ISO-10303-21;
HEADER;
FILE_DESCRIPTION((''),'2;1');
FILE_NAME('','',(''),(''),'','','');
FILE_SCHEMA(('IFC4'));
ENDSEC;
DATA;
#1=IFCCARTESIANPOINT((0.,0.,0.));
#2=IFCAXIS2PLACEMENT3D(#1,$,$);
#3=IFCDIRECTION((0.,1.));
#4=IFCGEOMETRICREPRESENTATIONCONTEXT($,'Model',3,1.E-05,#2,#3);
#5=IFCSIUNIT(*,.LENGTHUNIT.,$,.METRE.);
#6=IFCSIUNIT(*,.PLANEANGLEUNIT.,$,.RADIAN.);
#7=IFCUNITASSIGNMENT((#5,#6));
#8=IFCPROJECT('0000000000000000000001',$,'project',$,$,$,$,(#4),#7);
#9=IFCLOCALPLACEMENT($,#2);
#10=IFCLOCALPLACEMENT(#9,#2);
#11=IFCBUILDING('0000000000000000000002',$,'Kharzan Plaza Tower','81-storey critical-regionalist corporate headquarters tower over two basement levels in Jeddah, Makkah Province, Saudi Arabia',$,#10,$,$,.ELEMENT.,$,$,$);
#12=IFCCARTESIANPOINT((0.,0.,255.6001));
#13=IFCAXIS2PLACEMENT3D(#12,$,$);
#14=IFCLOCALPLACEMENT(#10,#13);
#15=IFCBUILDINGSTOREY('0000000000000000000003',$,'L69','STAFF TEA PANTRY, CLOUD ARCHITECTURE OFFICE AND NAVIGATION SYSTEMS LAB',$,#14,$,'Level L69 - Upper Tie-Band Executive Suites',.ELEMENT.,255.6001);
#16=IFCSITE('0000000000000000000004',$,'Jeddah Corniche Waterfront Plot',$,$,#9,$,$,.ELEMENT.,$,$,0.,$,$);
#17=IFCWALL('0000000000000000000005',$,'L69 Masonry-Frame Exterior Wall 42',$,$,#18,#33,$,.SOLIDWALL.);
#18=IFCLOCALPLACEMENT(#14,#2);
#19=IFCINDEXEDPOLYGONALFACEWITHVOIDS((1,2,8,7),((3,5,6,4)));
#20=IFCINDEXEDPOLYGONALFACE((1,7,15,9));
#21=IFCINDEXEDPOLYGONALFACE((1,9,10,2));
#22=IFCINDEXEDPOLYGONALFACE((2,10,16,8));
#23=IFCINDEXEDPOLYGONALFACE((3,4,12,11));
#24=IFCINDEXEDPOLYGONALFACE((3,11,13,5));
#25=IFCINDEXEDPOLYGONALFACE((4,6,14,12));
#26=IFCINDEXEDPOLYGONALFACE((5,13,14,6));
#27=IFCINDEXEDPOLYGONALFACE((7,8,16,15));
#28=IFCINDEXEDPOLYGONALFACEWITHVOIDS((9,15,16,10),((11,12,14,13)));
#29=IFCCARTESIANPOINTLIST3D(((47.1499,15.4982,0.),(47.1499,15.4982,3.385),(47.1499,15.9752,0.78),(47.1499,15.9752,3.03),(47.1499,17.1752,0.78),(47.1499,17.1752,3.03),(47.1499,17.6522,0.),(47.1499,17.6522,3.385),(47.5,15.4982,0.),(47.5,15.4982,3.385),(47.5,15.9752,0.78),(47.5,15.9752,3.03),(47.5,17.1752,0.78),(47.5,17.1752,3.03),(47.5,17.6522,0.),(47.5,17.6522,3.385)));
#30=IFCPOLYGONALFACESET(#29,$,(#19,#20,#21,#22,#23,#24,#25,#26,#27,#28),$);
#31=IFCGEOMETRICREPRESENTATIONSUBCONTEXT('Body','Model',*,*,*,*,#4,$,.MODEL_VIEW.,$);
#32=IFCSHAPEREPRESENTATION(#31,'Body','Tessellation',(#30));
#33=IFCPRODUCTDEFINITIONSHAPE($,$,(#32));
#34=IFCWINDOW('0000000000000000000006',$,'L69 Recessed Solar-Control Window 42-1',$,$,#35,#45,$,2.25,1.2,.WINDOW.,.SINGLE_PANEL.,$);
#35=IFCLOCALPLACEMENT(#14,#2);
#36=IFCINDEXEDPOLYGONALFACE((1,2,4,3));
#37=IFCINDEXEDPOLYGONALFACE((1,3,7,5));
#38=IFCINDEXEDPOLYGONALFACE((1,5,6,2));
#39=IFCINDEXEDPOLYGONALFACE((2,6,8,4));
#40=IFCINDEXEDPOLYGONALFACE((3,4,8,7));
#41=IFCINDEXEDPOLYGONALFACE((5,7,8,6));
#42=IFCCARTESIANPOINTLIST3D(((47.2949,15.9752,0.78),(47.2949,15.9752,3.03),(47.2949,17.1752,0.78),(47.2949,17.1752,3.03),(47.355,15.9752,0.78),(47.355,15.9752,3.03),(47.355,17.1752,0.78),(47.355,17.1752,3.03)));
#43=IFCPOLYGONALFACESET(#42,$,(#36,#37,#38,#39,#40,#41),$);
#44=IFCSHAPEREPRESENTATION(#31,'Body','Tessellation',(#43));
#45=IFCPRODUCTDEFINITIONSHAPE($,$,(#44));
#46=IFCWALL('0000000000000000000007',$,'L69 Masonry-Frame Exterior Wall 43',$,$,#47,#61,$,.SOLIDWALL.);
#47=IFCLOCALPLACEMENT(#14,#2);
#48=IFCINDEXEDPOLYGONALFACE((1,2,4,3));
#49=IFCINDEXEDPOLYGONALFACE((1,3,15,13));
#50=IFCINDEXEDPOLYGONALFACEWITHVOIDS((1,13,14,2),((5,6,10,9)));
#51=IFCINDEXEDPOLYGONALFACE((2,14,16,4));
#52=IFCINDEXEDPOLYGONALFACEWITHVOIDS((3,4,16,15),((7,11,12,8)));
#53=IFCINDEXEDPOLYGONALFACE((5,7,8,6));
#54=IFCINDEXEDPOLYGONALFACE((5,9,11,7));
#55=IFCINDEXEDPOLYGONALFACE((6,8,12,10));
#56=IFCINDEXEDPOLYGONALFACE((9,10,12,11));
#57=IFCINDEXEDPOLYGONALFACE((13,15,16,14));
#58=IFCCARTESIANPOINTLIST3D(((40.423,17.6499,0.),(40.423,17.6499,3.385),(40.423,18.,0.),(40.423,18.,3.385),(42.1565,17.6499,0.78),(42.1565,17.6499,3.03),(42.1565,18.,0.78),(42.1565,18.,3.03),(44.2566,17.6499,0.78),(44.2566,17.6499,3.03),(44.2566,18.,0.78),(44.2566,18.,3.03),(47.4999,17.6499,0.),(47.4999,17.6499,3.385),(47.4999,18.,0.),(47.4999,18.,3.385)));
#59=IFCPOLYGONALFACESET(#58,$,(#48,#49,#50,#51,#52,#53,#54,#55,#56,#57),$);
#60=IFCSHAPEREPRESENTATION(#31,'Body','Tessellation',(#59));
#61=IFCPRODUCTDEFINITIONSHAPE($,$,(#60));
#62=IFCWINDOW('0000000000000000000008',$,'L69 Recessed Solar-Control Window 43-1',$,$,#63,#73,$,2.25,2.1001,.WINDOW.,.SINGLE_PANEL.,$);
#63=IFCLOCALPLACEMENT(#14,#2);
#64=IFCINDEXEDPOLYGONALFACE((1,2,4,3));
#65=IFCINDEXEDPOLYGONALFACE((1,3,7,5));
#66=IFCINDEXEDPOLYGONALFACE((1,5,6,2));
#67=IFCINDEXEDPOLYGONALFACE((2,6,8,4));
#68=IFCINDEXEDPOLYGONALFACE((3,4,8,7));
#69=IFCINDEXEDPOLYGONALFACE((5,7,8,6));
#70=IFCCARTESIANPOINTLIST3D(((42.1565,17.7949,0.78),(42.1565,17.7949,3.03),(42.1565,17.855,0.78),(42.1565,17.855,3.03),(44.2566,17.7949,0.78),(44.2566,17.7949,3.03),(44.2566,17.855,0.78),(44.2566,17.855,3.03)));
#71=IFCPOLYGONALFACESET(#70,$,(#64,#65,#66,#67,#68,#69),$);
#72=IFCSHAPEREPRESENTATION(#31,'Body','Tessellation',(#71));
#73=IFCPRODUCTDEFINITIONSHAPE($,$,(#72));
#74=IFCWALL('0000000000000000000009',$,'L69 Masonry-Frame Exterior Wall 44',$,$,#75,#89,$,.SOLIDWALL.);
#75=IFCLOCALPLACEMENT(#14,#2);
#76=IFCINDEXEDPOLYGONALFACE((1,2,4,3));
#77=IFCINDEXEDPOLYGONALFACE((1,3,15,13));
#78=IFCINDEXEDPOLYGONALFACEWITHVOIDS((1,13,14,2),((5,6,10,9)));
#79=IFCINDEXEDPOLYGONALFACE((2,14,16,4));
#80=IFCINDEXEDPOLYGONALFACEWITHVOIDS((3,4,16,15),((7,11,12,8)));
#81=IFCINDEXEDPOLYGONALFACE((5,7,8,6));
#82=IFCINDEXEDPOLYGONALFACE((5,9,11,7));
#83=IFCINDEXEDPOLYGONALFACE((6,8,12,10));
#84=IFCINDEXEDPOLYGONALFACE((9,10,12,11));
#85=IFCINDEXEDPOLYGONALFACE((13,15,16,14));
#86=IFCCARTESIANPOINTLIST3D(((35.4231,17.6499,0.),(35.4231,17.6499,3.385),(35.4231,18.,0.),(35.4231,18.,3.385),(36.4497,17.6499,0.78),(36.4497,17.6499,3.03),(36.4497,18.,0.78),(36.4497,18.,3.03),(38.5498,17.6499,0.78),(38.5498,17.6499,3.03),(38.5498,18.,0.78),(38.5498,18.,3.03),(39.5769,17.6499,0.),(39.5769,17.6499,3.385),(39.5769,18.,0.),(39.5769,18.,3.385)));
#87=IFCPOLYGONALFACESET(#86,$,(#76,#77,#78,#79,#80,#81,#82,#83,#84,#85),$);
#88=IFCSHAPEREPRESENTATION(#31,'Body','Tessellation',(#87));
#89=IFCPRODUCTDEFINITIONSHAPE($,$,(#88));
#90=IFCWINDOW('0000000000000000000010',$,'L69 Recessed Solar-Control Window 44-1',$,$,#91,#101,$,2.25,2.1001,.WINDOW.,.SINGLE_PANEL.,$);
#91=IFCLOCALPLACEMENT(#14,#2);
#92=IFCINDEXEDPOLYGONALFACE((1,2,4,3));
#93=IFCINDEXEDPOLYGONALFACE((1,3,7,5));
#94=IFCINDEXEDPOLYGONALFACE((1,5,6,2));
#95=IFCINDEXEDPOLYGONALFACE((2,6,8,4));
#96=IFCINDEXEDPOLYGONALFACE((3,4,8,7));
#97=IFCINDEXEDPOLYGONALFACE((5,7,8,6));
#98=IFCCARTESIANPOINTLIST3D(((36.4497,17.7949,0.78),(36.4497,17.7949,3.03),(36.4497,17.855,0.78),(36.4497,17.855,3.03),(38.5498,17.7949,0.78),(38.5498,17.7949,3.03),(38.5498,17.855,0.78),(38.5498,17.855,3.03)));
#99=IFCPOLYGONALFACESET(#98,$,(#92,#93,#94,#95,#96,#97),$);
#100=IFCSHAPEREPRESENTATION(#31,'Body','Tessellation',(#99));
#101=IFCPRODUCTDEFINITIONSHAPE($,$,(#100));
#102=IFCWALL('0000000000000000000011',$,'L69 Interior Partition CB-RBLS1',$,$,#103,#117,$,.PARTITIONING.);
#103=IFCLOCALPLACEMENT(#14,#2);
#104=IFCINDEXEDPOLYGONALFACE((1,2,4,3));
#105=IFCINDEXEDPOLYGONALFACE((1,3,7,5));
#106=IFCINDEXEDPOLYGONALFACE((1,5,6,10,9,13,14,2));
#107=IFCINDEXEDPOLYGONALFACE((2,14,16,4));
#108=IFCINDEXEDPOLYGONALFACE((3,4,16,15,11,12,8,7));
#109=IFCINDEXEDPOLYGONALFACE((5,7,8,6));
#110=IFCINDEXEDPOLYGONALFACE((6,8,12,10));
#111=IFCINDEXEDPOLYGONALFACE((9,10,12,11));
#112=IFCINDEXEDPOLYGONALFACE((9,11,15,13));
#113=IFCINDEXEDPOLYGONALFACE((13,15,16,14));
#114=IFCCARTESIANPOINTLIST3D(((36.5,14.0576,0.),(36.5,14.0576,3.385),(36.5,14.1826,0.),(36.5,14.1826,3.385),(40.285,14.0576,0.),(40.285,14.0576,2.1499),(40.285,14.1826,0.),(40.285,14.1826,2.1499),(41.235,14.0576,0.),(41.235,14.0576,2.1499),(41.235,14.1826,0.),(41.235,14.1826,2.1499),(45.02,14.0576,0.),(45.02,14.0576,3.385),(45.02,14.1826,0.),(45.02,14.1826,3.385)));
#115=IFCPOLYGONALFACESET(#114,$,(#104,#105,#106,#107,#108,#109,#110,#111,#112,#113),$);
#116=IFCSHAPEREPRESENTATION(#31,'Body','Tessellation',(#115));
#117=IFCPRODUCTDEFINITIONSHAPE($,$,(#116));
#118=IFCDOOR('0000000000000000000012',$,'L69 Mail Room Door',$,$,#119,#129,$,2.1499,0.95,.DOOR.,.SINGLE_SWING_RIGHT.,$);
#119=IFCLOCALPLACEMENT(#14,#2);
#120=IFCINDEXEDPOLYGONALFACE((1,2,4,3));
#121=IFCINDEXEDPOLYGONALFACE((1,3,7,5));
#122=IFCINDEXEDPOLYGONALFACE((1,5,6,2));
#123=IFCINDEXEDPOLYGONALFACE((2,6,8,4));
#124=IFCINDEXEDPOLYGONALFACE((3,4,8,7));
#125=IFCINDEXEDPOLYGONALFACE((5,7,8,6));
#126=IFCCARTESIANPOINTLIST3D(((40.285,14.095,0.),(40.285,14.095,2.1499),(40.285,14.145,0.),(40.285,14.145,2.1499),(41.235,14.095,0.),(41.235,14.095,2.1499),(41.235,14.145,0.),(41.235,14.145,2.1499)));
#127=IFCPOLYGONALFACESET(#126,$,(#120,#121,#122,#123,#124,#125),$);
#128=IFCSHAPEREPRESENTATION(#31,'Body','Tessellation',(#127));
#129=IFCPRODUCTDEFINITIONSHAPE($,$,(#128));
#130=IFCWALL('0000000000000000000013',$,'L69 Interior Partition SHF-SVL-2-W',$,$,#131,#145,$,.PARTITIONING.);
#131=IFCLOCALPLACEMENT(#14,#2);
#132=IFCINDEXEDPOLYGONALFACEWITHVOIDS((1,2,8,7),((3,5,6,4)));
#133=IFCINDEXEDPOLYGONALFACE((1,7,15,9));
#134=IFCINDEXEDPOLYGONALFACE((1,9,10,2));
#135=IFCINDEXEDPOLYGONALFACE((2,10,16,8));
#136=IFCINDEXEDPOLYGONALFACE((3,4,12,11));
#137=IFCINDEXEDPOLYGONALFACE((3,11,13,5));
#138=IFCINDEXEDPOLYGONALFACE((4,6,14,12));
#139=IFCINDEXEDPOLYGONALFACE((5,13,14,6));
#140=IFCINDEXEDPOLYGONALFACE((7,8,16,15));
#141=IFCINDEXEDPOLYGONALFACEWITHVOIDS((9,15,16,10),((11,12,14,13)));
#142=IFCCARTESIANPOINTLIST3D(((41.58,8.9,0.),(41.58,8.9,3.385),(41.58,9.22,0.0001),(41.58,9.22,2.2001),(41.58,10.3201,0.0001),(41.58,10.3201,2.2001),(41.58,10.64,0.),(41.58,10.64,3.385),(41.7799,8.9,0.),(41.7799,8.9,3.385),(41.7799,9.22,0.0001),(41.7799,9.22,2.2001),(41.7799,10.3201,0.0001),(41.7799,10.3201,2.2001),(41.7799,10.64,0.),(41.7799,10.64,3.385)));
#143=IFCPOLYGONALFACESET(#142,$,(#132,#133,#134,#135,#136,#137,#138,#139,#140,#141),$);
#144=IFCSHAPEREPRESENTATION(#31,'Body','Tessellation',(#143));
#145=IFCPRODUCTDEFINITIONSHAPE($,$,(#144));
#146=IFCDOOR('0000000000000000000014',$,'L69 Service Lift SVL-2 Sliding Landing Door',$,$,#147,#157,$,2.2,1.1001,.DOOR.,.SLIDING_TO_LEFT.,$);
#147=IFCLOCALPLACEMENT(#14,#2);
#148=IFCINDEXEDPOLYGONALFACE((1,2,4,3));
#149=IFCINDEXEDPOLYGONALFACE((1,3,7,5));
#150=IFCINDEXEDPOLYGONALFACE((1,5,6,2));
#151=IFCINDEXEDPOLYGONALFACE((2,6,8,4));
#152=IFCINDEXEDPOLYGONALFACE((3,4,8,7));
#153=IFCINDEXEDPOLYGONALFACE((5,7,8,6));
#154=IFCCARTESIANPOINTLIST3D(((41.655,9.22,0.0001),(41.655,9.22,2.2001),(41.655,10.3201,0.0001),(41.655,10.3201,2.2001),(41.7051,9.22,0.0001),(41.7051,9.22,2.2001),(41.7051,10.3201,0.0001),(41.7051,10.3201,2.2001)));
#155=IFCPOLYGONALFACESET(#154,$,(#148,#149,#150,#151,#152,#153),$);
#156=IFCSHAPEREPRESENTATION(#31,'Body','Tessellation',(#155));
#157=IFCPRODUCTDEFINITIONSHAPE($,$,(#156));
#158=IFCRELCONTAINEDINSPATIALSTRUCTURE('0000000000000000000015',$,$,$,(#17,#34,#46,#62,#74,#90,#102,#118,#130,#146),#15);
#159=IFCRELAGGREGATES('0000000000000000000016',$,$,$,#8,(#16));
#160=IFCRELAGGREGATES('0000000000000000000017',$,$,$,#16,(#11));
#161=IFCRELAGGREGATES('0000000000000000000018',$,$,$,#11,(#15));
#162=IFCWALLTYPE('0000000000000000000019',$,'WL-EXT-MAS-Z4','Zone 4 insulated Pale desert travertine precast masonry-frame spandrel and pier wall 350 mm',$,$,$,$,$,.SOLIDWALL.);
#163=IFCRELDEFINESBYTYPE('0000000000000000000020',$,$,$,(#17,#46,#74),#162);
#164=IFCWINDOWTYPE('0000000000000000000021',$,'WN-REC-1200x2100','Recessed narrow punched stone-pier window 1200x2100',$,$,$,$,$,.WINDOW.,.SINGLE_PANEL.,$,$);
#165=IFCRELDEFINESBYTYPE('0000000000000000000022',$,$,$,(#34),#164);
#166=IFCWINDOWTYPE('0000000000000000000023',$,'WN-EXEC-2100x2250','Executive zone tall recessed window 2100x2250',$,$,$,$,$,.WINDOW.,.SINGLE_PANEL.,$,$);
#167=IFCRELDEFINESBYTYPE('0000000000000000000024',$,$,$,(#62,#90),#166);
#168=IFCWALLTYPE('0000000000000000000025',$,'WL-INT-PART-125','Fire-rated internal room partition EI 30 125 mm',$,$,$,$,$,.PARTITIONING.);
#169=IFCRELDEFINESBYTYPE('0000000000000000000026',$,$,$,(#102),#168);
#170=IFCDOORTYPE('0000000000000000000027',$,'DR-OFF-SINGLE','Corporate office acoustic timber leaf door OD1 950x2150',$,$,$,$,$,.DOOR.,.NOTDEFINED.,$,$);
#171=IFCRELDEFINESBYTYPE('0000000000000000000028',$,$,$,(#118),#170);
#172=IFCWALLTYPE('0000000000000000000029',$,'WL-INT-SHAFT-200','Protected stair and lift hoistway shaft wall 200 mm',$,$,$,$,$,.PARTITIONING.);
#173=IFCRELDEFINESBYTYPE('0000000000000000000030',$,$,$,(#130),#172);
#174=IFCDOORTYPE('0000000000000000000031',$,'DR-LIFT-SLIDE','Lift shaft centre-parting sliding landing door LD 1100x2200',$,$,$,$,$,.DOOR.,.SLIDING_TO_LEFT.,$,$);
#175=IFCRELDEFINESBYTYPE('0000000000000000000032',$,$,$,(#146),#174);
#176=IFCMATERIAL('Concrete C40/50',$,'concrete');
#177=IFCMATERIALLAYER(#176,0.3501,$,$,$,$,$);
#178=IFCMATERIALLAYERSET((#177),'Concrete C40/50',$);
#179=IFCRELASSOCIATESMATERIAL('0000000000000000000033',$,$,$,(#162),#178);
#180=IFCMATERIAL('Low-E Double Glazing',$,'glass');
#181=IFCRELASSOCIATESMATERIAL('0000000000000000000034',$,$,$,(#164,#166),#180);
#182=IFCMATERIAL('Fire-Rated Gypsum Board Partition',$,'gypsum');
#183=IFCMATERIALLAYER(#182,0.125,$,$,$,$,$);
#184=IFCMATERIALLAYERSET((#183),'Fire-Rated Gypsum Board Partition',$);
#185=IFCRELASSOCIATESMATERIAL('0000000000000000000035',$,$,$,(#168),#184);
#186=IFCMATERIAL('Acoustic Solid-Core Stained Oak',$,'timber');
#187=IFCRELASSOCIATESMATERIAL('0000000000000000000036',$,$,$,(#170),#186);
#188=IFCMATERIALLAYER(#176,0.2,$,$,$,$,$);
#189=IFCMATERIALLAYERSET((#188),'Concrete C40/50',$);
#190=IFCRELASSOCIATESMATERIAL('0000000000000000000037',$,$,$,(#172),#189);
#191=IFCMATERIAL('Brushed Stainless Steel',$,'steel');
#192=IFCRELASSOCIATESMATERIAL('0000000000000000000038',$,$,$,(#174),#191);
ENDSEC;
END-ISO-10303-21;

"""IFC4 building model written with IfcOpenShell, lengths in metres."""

from ifc_helpers import new_model, si_unit, direction, frame, frame_2d, origin, place, context, subcontext, project, spatial, rectangle, extrude, source, transform, mapped, material, layer, layer_set, type_object, element, fill, save


model = new_model("IFC4")

# Units and contexts
model_context = context("Model", 3, precision=1e-05, world=origin(), true_north=direction((0.0, 1.0)))
body_context = subcontext(model_context, "Body", "Model", "MODEL_VIEW")
ifc_project = project(units=[si_unit("LENGTHUNIT", "METRE"), si_unit("PLANEANGLEUNIT", "RADIAN")], contexts=[model_context])

# Site, building, storey
site_placement = place(None, origin())
site = spatial("IfcSite", under=ifc_project, at=site_placement, Name="Jeddah Corniche Waterfront Plot", CompositionType="ELEMENT", RefElevation=0.0)
building_placement = place(site_placement, origin())
building = spatial("IfcBuilding", under=site, at=building_placement, Name="Kharzan Plaza Tower", Description="81-storey critical-regionalist corporate headquarters tower over two basement levels in Jeddah, Makkah Province, Saudi Arabia", CompositionType="ELEMENT")
storey_placement = place(building_placement, frame((0.0, 0.0, 255.6001)))
storey = spatial("IfcBuildingStorey", under=building, at=storey_placement, Name="L69", Description="STAFF TEA PANTRY, CLOUD ARCHITECTURE OFFICE AND NAVIGATION SYSTEMS LAB", LongName="Level L69 - Upper Tie-Band Executive Suites", CompositionType="ELEMENT", Elevation=255.6001)

# Walls, openings, windows
ifc_material_1 = material(Name="Concrete C40/50", Category="concrete")
ifc_layer_1 = layer(ifc_material_1, 0.3501)
ifc_layer_set_1 = layer_set([ifc_layer_1], Name="Concrete C40/50")
wall_type_1 = type_object("IfcWallType", Name="WL-EXT-MAS-Z4", Description="Zone 4 insulated Pale desert travertine precast masonry-frame spandrel and pier wall 350 mm", PredefinedType="SOLIDWALL", material=ifc_layer_set_1)
ifc_material_2 = material(Name="Low-E Double Glazing", Category="glass")
window_type_1 = type_object("IfcWindowType", Name="WN-REC-1200x2100", Description="Recessed narrow punched stone-pier window 1200x2100", PartitioningType="SINGLE_PANEL", PredefinedType="WINDOW", material=ifc_material_2)
shared_shape_1 = source(origin(), body_context, "Body", "SweptSolid", [
    extrude(rectangle(XDim=1.2, YDim=2.25, at=frame_2d((0.6001, 1.125))), frame((0.0, 0.03, 0.0), z_axis=(0.0, -1.0, 0.0), x_axis=(1.0, 0.0, 0.0)), (0.0, 0.0, 1.0), 0.0601),
])
wall_1_placement = place(storey_placement, frame((47.325, 15.498, 0.0), z_axis=(0.0, 0.0, 1.0), x_axis=(0.0, 1.0, 0.0)))
wall_1 = element("IfcWall", 1, at=wall_1_placement, inside=storey, type_object=wall_type_1, Name="L69 Masonry-Frame Exterior Wall 42", PredefinedType="SOLIDWALL", context=body_context, shape_type="SweptSolid", body=[
    extrude(rectangle(XDim=2.1541, YDim=0.3501, at=frame_2d((1.0771, 0.0))), origin(), (0.0, 0.0, 1.0), 3.385),
])
opening_1_placement = place(wall_1_placement, frame((0.4771, 0.0, 0.78)))
opening_1 = element("IfcOpeningElement", 2, at=opening_1_placement, cuts=wall_1, PredefinedType="OPENING", context=body_context, shape_type="SweptSolid", body=[
    extrude(rectangle(XDim=1.2, YDim=2.25, at=frame_2d((0.6001, 1.125))), frame((0.0, 0.1851, 0.0), z_axis=(0.0, -1.0, 0.0), x_axis=(1.0, 0.0, 0.0)), (0.0, 0.0, 1.0), 0.3701),
])
window_1_placement = place(opening_1_placement, origin())
window_1 = element("IfcWindow", 3, at=window_1_placement, inside=storey, type_object=window_type_1, Name="L69 Recessed Solar-Control Window 42-1", OverallHeight=2.25, OverallWidth=1.2, PartitioningType="SINGLE_PANEL", PredefinedType="WINDOW", context=body_context, shape_type="MappedRepresentation", body=[
    mapped(shared_shape_1, transform((0.0, 0.0, 0.0), x_axis=(1.0, 0.0, 0.0), y_axis=(0.0, 1.0, 0.0), z_axis=(0.0, 0.0, 1.0))),
])
fill(opening_1, window_1)
wall_2_placement = place(storey_placement, frame((47.5, 17.825, 0.0), z_axis=(0.0, 0.0, 1.0), x_axis=(-1.0, 0.0, 0.0)))
wall_2 = element("IfcWall", 4, at=wall_2_placement, inside=storey, type_object=wall_type_1, Name="L69 Masonry-Frame Exterior Wall 43", PredefinedType="SOLIDWALL", context=body_context, shape_type="SweptSolid", body=[
    extrude(rectangle(XDim=7.0769, YDim=0.3501, at=frame_2d((3.5386, 0.0))), origin(), (0.0, 0.0, 1.0), 3.385),
])
opening_2_placement = place(wall_2_placement, frame((3.2434, 0.0, 0.78)))
opening_2 = element("IfcOpeningElement", 5, at=opening_2_placement, cuts=wall_2, PredefinedType="OPENING", context=body_context, shape_type="SweptSolid", body=[
    extrude(rectangle(XDim=2.1001, YDim=2.25, at=frame_2d((1.05, 1.125))), frame((0.0, 0.1851, 0.0), z_axis=(0.0, -1.0, 0.0), x_axis=(1.0, 0.0, 0.0)), (0.0, 0.0, 1.0), 0.3701),
])
window_type_2 = type_object("IfcWindowType", Name="WN-EXEC-2100x2250", Description="Executive zone tall recessed window 2100x2250", PartitioningType="SINGLE_PANEL", PredefinedType="WINDOW", material=ifc_material_2)
shared_shape_2 = source(origin(), body_context, "Body", "SweptSolid", [
    extrude(rectangle(XDim=2.1001, YDim=2.25, at=frame_2d((1.05, 1.125))), frame((0.0, 0.03, 0.0), z_axis=(0.0, -1.0, 0.0), x_axis=(1.0, 0.0, 0.0)), (0.0, 0.0, 1.0), 0.0601),
])
window_2_placement = place(opening_2_placement, origin())
window_2 = element("IfcWindow", 6, at=window_2_placement, inside=storey, type_object=window_type_2, Name="L69 Recessed Solar-Control Window 43-1", OverallHeight=2.25, OverallWidth=2.1001, PartitioningType="SINGLE_PANEL", PredefinedType="WINDOW", context=body_context, shape_type="MappedRepresentation", body=[
    mapped(shared_shape_2, transform((0.0, 0.0, 0.0), x_axis=(1.0, 0.0, 0.0), y_axis=(0.0, 1.0, 0.0), z_axis=(0.0, 0.0, 1.0))),
])
fill(opening_2, window_2)
wall_3_placement = place(storey_placement, frame((39.5769, 17.825, 0.0), z_axis=(0.0, 0.0, 1.0), x_axis=(-1.0, 0.0, 0.0)))
wall_3 = element("IfcWall", 7, at=wall_3_placement, inside=storey, type_object=wall_type_1, Name="L69 Masonry-Frame Exterior Wall 44", PredefinedType="SOLIDWALL", context=body_context, shape_type="SweptSolid", body=[
    extrude(rectangle(XDim=4.1538, YDim=0.3501, at=frame_2d((2.0769, 0.0))), origin(), (0.0, 0.0, 1.0), 3.385),
])
opening_3_placement = place(wall_3_placement, frame((1.0271, 0.0, 0.78)))
opening_3 = element("IfcOpeningElement", 8, at=opening_3_placement, cuts=wall_3, PredefinedType="OPENING", context=body_context, shape_type="SweptSolid", body=[
    extrude(rectangle(XDim=2.1001, YDim=2.25, at=frame_2d((1.05, 1.125))), frame((0.0, 0.1851, 0.0), z_axis=(0.0, -1.0, 0.0), x_axis=(1.0, 0.0, 0.0)), (0.0, 0.0, 1.0), 0.3701),
])
window_3_placement = place(opening_3_placement, origin())
window_3 = element("IfcWindow", 9, at=window_3_placement, inside=storey, type_object=window_type_2, Name="L69 Recessed Solar-Control Window 44-1", OverallHeight=2.25, OverallWidth=2.1001, PartitioningType="SINGLE_PANEL", PredefinedType="WINDOW", context=body_context, shape_type="MappedRepresentation", body=[
    mapped(shared_shape_2, transform((0.0, 0.0, 0.0), x_axis=(1.0, 0.0, 0.0), y_axis=(0.0, 1.0, 0.0), z_axis=(0.0, 0.0, 1.0))),
])
fill(opening_3, window_3)

# Walls, openings, doors
ifc_material_3 = material(Name="Fire-Rated Gypsum Board Partition", Category="gypsum")
ifc_layer_2 = layer(ifc_material_3, 0.125)
ifc_layer_set_2 = layer_set([ifc_layer_2], Name="Fire-Rated Gypsum Board Partition")
wall_type_2 = type_object("IfcWallType", Name="WL-INT-PART-125", Description="Fire-rated internal room partition EI 30 125 mm", PredefinedType="PARTITIONING", material=ifc_layer_set_2)
wall_4_placement = place(storey_placement, frame((36.5, 14.1201, 0.0), z_axis=(0.0, 0.0, 1.0), x_axis=(1.0, 0.0, 0.0)))
wall_4 = element("IfcWall", 10, at=wall_4_placement, inside=storey, type_object=wall_type_2, Name="L69 Interior Partition CB-RBLS1", PredefinedType="PARTITIONING", context=body_context, shape_type="SweptSolid", body=[
    extrude(rectangle(XDim=8.52, YDim=0.125, at=frame_2d((4.26, 0.0))), origin(), (0.0, 0.0, 1.0), 3.385),
])
opening_4_placement = place(wall_4_placement, frame((3.7849, 0.0, 0.0)))
opening_4 = element("IfcOpeningElement", 11, at=opening_4_placement, cuts=wall_4, PredefinedType="OPENING", context=body_context, shape_type="SweptSolid", body=[
    extrude(rectangle(XDim=0.95, YDim=2.1499, at=frame_2d((0.4751, 1.075))), frame((0.0, 0.0725, 0.0), z_axis=(0.0, -1.0, 0.0), x_axis=(1.0, 0.0, 0.0)), (0.0, 0.0, 1.0), 0.145),
])
ifc_material_4 = material(Name="Acoustic Solid-Core Stained Oak", Category="timber")
door_type_1 = type_object("IfcDoorType", Name="DR-OFF-SINGLE", Description="Corporate office acoustic timber leaf door OD1 950x2150", OperationType="NOTDEFINED", PredefinedType="DOOR", material=ifc_material_4)
shared_shape_3 = source(origin(), body_context, "Body", "SweptSolid", [
    extrude(rectangle(XDim=0.95, YDim=2.1499, at=frame_2d((0.4751, 1.075))), frame((0.0, 0.0249, 0.0), z_axis=(0.0, -1.0, 0.0), x_axis=(1.0, 0.0, 0.0)), (0.0, 0.0, 1.0), 0.05),
])
door_1_placement = place(opening_4_placement, origin())
door_1 = element("IfcDoor", 12, at=door_1_placement, inside=storey, type_object=door_type_1, Name="L69 Mail Room Door", OperationType="SINGLE_SWING_RIGHT", OverallHeight=2.1499, OverallWidth=0.95, PredefinedType="DOOR", context=body_context, shape_type="MappedRepresentation", body=[
    mapped(shared_shape_3, transform((0.0, 0.0, 0.0), x_axis=(1.0, 0.0, 0.0), y_axis=(0.0, 1.0, 0.0), z_axis=(0.0, 0.0, 1.0))),
])
fill(opening_4, door_1)
ifc_layer_3 = layer(ifc_material_1, 0.2)
ifc_layer_set_3 = layer_set([ifc_layer_3], Name="Concrete C40/50")
wall_type_3 = type_object("IfcWallType", Name="WL-INT-SHAFT-200", Description="Protected stair and lift hoistway shaft wall 200 mm", PredefinedType="PARTITIONING", material=ifc_layer_set_3)
wall_5_placement = place(storey_placement, frame((41.6799, 8.8999, 0.0), z_axis=(0.0, 0.0, 1.0), x_axis=(0.0, 1.0, 0.0)))
wall_5 = element("IfcWall", 13, at=wall_5_placement, inside=storey, type_object=wall_type_3, Name="L69 Interior Partition SHF-SVL-2-W", PredefinedType="PARTITIONING", context=body_context, shape_type="SweptSolid", body=[
    extrude(rectangle(XDim=1.74, YDim=0.2, at=frame_2d((0.8701, 0.0))), origin(), (0.0, 0.0, 1.0), 3.385),
])
opening_5_placement = place(wall_5_placement, frame((0.3201, 0.0, 0.0)))
opening_5 = element("IfcOpeningElement", 14, at=opening_5_placement, cuts=wall_5, PredefinedType="OPENING", context=body_context, shape_type="SweptSolid", body=[
    extrude(rectangle(XDim=1.1001, YDim=2.2, at=frame_2d((0.55, 1.1001))), frame((0.0, 0.1099, 0.0), z_axis=(0.0, -1.0, 0.0), x_axis=(1.0, 0.0, 0.0)), (0.0, 0.0, 1.0), 0.22),
])
ifc_material_5 = material(Name="Brushed Stainless Steel", Category="steel")
door_type_2 = type_object("IfcDoorType", Name="DR-LIFT-SLIDE", Description="Lift shaft centre-parting sliding landing door LD 1100x2200", OperationType="SLIDING_TO_LEFT", PredefinedType="DOOR", material=ifc_material_5)
shared_shape_4 = source(origin(), body_context, "Body", "SweptSolid", [
    extrude(rectangle(XDim=1.1001, YDim=2.2, at=frame_2d((0.55, 1.1001))), frame((0.0, 0.0249, 0.0), z_axis=(0.0, -1.0, 0.0), x_axis=(1.0, 0.0, 0.0)), (0.0, 0.0, 1.0), 0.05),
])
door_2_placement = place(opening_5_placement, origin())
door_2 = element("IfcDoor", 15, at=door_2_placement, inside=storey, type_object=door_type_2, Name="L69 Service Lift SVL-2 Sliding Landing Door", OperationType="SLIDING_TO_LEFT", OverallHeight=2.2, OverallWidth=1.1001, PredefinedType="DOOR", context=body_context, shape_type="MappedRepresentation", body=[
    mapped(shared_shape_4, transform((0.0, 0.0, 0.0), x_axis=(1.0, 0.0, 0.0), y_axis=(0.0, 1.0, 0.0), z_axis=(0.0, 0.0, 1.0))),
])
fill(opening_5, door_2)

save(model, "model.ifc")
